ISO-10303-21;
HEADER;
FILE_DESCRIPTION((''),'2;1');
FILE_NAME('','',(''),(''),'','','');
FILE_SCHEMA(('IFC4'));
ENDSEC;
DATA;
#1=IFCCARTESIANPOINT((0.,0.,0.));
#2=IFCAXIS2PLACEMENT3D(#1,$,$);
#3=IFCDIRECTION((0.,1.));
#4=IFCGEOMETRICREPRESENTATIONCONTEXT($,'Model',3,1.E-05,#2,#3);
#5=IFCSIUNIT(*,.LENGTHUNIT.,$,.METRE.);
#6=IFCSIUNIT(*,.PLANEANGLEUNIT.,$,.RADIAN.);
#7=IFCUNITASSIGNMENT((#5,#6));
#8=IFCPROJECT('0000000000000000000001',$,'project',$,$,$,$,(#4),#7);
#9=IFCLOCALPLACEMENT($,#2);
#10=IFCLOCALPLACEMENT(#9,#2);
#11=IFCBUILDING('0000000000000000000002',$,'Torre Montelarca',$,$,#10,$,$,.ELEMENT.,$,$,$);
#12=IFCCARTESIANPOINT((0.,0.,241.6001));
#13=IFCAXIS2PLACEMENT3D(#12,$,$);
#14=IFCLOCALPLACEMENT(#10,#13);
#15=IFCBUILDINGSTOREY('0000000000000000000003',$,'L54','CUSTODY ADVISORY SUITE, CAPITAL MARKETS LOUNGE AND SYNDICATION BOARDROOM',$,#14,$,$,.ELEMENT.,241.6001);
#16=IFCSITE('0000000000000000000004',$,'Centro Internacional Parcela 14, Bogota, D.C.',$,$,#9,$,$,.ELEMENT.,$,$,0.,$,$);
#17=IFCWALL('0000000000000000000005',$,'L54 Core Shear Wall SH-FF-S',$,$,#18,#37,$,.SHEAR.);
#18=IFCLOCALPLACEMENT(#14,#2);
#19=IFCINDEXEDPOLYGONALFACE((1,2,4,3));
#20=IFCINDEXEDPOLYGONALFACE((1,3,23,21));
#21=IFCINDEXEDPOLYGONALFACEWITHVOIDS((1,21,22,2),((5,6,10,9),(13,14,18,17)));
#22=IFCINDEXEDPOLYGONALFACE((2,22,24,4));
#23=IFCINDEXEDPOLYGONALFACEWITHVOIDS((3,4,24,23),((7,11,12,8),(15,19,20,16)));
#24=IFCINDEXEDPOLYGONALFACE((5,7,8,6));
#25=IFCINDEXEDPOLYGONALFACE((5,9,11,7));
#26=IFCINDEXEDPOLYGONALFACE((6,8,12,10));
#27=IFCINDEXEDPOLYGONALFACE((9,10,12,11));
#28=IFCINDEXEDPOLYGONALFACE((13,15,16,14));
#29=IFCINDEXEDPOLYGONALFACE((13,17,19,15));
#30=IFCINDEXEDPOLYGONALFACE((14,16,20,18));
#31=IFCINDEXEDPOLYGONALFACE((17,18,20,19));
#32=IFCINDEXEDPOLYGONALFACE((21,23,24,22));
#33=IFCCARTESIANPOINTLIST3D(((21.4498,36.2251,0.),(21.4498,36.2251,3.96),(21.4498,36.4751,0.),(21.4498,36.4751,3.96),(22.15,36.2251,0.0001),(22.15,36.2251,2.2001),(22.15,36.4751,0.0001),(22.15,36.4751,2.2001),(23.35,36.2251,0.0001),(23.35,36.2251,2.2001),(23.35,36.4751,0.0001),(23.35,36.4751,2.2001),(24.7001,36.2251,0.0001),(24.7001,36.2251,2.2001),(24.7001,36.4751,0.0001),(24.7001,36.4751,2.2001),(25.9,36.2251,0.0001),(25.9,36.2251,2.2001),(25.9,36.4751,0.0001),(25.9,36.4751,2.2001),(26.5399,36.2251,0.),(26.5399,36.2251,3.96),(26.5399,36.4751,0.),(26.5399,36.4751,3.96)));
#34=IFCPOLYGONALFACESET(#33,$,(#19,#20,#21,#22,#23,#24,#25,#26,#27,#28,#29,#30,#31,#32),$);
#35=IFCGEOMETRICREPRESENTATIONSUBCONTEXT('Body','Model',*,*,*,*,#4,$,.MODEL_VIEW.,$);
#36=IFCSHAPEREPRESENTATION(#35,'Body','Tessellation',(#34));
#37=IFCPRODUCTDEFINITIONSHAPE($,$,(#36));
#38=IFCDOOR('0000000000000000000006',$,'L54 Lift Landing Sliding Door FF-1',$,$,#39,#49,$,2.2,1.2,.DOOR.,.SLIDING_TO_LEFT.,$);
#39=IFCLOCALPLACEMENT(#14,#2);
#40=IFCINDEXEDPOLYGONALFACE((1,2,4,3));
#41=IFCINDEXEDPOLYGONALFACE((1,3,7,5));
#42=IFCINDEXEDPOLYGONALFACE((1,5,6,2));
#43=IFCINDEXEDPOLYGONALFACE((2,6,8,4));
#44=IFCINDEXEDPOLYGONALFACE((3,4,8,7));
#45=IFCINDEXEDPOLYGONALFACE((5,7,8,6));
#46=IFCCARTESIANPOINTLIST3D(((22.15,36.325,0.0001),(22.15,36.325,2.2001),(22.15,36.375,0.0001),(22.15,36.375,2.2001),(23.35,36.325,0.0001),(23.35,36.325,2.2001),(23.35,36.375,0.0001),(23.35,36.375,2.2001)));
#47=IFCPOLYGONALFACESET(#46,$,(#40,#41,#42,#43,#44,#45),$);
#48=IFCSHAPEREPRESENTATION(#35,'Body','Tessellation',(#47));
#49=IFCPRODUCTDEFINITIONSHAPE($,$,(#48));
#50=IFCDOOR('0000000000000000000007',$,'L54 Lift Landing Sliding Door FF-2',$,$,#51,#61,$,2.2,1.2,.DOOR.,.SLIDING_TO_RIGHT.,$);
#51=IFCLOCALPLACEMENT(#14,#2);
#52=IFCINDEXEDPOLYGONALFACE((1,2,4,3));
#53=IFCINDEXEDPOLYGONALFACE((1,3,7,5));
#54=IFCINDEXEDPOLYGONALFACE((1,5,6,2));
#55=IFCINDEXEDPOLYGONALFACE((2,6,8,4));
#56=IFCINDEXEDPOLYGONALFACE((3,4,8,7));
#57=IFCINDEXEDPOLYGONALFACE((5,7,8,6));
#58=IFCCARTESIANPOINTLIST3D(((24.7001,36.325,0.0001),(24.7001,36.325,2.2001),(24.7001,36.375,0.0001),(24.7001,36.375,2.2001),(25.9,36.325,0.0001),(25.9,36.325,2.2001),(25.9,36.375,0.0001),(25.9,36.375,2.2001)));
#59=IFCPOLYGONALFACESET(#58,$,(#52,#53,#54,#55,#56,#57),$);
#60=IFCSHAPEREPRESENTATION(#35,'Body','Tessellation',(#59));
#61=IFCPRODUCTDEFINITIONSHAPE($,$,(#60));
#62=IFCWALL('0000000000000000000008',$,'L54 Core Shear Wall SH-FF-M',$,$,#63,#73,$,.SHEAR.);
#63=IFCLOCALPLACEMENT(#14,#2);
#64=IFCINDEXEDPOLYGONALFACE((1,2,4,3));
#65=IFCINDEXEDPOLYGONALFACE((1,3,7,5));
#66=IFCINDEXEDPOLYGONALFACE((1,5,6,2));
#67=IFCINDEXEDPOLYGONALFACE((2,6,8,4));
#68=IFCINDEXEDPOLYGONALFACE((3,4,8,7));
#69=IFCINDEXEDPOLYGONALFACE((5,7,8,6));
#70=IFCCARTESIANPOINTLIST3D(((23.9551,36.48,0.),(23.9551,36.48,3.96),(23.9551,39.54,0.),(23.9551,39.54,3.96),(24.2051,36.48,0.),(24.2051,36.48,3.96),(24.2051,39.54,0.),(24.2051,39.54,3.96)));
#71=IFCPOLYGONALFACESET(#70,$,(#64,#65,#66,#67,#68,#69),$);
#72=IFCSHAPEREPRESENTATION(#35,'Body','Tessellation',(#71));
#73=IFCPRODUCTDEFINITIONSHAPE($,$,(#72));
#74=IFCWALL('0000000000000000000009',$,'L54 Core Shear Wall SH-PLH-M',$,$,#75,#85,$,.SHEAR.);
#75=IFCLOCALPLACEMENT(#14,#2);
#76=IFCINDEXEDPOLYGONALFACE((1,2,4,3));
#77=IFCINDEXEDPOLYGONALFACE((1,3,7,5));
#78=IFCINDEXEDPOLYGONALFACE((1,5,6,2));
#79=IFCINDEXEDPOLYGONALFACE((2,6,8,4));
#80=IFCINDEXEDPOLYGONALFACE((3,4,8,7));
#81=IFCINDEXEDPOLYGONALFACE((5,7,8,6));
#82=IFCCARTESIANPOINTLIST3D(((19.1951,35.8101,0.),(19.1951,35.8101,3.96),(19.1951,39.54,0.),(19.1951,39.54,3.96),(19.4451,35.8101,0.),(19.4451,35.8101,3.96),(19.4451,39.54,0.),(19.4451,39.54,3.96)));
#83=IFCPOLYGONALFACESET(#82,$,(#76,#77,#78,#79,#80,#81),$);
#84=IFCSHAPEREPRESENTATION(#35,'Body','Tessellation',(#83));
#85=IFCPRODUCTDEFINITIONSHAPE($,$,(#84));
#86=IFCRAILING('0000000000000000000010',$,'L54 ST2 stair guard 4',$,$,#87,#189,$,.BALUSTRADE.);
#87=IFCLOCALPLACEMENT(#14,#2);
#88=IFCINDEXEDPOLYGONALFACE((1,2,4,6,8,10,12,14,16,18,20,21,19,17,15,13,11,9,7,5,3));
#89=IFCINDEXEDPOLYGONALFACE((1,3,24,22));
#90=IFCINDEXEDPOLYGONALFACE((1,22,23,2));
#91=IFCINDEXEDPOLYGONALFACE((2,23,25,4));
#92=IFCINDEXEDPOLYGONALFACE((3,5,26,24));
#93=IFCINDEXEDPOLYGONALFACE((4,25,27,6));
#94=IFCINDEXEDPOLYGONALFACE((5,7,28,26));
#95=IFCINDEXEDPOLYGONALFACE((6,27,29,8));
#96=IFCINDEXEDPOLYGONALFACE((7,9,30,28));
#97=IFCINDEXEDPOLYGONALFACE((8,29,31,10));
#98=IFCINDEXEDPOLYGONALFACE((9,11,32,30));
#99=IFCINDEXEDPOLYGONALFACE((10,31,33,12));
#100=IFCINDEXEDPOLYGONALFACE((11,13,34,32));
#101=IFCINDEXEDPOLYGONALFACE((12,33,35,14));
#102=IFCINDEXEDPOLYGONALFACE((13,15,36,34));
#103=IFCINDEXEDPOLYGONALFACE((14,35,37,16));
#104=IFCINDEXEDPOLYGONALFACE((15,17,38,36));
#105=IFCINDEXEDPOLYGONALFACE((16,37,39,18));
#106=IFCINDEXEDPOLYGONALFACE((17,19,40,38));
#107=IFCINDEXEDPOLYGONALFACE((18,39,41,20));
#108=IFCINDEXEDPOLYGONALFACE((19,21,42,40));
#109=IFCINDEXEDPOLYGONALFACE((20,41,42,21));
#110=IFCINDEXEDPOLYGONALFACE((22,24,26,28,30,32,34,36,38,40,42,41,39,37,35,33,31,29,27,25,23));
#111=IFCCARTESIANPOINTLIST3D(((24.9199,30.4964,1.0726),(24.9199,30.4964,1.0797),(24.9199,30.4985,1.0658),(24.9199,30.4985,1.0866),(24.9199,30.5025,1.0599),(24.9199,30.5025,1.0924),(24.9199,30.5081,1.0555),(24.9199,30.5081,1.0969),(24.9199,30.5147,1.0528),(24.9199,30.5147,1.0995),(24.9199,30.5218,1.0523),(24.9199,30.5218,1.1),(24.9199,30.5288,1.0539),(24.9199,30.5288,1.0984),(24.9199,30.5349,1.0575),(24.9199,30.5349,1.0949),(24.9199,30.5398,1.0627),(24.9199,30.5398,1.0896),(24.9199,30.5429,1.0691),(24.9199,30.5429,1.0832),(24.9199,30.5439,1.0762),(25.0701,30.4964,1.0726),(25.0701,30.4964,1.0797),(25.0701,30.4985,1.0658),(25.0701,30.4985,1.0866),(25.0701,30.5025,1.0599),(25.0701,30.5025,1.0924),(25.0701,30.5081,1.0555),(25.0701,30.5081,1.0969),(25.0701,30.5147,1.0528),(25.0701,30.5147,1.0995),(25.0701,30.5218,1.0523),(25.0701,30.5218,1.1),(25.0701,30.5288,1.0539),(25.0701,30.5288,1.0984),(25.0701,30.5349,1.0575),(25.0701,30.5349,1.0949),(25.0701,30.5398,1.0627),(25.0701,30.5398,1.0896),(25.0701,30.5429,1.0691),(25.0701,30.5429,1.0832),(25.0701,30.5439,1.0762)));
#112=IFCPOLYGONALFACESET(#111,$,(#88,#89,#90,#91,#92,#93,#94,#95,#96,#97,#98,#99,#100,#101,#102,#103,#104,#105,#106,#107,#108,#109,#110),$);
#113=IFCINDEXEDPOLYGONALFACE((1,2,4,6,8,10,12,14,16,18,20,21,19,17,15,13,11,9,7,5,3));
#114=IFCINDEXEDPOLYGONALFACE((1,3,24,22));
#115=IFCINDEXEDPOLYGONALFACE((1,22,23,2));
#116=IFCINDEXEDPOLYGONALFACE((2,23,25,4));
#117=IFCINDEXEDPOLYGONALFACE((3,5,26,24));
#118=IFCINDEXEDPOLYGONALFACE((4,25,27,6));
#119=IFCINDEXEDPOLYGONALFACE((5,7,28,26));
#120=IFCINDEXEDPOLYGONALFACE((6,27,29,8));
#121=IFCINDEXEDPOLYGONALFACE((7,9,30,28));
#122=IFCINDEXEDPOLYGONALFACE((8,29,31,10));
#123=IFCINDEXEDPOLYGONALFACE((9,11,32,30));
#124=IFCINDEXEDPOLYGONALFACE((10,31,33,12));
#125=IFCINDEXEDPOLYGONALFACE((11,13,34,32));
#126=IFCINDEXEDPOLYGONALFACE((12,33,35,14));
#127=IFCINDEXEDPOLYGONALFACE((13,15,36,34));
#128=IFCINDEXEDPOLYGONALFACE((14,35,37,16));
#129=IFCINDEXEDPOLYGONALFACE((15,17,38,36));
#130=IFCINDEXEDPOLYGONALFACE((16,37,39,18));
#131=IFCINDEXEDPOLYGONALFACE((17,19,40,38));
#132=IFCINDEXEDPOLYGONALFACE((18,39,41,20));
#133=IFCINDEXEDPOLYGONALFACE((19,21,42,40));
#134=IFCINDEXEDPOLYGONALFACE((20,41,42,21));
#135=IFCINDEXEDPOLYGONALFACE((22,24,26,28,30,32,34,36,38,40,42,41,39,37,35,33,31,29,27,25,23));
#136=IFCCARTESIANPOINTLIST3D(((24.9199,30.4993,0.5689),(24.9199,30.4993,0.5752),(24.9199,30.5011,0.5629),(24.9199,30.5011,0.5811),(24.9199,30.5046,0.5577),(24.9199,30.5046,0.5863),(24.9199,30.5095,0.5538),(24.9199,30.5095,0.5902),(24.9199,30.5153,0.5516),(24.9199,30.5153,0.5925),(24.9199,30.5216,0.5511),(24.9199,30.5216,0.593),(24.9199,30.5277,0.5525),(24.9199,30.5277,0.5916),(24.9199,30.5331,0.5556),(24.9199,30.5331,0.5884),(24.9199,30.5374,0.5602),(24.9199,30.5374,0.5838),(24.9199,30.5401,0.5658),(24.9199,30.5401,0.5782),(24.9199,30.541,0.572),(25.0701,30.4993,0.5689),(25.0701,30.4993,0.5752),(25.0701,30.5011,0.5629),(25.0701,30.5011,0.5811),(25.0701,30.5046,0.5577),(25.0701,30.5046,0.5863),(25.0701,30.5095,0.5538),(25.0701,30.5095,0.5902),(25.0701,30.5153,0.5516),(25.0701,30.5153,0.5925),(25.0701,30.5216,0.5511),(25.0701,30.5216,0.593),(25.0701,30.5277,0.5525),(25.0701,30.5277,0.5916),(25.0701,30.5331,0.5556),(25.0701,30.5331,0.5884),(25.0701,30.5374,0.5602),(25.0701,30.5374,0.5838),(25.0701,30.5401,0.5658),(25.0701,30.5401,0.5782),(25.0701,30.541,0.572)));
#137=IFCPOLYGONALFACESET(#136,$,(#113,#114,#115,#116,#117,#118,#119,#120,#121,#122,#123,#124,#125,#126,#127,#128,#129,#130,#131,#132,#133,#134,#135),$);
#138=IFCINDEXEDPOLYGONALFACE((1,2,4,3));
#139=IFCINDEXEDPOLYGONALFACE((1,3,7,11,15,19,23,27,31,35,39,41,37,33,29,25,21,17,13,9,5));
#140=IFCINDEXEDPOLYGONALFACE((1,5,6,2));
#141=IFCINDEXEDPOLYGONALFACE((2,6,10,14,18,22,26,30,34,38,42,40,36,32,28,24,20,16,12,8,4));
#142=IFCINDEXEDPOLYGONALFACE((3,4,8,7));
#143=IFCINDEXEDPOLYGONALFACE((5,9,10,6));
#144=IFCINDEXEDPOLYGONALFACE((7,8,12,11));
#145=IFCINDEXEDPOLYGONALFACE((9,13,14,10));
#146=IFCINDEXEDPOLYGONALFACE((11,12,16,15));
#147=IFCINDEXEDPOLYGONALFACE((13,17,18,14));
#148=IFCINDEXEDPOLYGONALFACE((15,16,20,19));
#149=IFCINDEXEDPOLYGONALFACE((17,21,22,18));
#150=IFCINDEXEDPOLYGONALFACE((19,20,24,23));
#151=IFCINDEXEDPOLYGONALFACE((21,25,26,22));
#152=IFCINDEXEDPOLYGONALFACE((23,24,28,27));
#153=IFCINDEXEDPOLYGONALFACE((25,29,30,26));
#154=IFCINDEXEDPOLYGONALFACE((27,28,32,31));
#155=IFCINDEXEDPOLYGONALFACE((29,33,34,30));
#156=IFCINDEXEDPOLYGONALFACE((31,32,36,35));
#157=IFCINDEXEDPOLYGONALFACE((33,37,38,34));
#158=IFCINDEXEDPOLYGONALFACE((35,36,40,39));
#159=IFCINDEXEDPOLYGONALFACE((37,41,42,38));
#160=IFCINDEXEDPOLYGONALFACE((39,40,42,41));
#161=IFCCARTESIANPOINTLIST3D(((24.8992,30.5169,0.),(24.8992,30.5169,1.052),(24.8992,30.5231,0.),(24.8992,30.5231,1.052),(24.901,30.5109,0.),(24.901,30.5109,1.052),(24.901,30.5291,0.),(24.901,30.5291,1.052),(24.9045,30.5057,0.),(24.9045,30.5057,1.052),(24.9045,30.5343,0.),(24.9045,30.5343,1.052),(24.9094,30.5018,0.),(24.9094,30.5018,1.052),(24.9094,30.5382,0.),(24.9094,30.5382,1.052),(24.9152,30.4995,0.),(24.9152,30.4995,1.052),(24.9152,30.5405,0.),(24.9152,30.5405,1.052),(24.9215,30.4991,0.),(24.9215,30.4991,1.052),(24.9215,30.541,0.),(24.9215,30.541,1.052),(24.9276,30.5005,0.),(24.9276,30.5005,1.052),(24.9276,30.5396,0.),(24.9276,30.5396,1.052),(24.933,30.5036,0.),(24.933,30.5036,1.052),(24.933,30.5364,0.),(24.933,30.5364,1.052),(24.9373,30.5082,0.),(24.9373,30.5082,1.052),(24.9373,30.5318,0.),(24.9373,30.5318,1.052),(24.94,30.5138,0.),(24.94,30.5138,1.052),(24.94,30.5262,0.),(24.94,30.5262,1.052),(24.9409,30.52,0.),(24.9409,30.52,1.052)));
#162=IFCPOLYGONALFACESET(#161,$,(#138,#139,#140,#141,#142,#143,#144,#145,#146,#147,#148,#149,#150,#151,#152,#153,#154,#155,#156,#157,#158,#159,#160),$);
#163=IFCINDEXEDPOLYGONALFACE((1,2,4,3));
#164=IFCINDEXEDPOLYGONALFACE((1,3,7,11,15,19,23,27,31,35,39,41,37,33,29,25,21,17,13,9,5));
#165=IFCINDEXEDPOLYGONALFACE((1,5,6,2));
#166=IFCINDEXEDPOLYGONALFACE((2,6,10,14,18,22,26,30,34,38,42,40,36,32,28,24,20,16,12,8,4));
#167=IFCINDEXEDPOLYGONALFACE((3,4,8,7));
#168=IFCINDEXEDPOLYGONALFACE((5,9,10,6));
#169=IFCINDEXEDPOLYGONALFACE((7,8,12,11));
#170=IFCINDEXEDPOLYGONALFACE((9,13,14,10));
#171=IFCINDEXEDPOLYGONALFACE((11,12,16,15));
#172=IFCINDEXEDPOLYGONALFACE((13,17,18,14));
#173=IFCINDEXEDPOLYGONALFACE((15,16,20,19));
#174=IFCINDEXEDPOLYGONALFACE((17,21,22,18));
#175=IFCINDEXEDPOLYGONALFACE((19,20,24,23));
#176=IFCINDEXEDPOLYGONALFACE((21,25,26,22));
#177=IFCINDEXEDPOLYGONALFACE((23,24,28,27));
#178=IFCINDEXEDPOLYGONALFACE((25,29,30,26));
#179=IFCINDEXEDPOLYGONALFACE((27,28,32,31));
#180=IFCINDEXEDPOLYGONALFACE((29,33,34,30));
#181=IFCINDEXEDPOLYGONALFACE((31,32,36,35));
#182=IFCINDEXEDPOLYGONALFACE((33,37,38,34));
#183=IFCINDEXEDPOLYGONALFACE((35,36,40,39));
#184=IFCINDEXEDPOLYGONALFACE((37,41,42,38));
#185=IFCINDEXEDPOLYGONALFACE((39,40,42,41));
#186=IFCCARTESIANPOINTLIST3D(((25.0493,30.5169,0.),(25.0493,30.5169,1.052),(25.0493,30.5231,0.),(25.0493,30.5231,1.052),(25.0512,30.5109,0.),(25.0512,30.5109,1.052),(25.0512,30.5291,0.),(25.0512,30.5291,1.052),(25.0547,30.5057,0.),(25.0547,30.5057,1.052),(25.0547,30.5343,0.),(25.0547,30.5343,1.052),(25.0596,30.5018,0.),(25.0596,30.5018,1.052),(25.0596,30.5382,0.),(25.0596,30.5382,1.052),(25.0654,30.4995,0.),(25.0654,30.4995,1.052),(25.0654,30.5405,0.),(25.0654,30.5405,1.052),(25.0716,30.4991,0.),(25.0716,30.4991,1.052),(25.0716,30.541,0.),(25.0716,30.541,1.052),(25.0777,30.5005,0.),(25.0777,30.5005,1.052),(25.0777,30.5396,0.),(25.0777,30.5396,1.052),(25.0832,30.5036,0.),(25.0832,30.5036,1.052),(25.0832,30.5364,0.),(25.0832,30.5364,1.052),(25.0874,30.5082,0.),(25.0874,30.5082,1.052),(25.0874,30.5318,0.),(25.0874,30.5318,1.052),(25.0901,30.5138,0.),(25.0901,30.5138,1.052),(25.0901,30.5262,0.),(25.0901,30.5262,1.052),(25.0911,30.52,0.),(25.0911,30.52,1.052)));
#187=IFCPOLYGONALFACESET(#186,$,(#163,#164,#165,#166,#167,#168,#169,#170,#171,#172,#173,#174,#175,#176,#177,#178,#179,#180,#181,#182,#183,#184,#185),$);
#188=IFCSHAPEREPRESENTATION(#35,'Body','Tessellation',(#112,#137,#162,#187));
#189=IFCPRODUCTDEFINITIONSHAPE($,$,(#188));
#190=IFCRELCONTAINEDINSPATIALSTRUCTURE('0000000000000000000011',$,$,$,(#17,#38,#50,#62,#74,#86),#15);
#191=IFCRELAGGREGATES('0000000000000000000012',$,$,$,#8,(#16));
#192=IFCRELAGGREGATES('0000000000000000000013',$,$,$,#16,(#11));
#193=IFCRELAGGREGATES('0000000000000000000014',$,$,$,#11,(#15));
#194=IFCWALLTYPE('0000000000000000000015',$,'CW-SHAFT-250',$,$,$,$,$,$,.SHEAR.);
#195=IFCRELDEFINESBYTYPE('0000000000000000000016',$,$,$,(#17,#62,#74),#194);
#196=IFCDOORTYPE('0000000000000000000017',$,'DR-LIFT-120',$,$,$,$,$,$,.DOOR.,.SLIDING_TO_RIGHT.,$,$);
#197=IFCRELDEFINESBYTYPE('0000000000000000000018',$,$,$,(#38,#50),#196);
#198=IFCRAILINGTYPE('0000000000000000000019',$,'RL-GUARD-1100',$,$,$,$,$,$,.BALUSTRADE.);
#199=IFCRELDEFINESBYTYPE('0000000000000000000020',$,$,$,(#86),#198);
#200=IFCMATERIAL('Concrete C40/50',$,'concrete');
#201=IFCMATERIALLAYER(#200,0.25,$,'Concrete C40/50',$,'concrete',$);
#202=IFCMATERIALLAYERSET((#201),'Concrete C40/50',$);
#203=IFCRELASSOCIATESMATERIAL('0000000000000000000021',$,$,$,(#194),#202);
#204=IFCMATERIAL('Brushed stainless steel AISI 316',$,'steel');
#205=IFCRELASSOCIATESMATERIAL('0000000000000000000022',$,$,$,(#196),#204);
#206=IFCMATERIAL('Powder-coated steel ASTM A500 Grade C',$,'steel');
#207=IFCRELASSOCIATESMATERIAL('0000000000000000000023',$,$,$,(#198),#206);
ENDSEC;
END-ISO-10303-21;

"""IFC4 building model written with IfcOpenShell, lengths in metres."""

from ifc_helpers import new_model, si_unit, direction, frame, frame_2d, origin, origin_2d, place, context, subcontext, project, spatial, rectangle, circle, extrude, source, transform, mapped, material, layer, layer_set, type_object, element, fill, save


model = new_model("IFC4")

# Units and contexts
model_context = context("Model", 3, precision=1e-05, world=origin(), true_north=direction((0.0, 1.0)))
body_context = subcontext(model_context, "Body", "Model", "MODEL_VIEW")
ifc_project = project(units=[si_unit("LENGTHUNIT", "METRE"), si_unit("PLANEANGLEUNIT", "RADIAN")], contexts=[model_context])

# Site, building, storey
site_placement = place(None, origin())
site = spatial("IfcSite", under=ifc_project, at=site_placement, Name="Centro Internacional Parcela 14, Bogota, D.C.", CompositionType="ELEMENT", RefElevation=0.0)
building_placement = place(site_placement, origin())
building = spatial("IfcBuilding", under=site, at=building_placement, Name="Torre Montelarca", CompositionType="ELEMENT")
storey_placement = place(building_placement, frame((0.0, 0.0, 241.6001)))
storey = spatial("IfcBuildingStorey", under=building, at=storey_placement, Name="L54", Description="CUSTODY ADVISORY SUITE, CAPITAL MARKETS LOUNGE AND SYNDICATION BOARDROOM", CompositionType="ELEMENT", Elevation=241.6001)

# Shared definitions
ifc_material_1 = material(Name="Concrete C40/50", Category="concrete")
ifc_layer_1 = layer(ifc_material_1, 0.25, Name="Concrete C40/50", Category="concrete")
ifc_layer_set_1 = layer_set([ifc_layer_1], Name="Concrete C40/50")
wall_type = type_object("IfcWallType", Name="CW-SHAFT-250", PredefinedType="SHEAR", material=ifc_layer_set_1)

# Wall, openings, doors
wall_1_placement = place(storey_placement, frame((21.45, 36.3501, 0.0), z_axis=(0.0, 0.0, 1.0), x_axis=(1.0, 0.0, 0.0)))
wall_1 = element("IfcWall", 1, at=wall_1_placement, inside=storey, type_object=wall_type, Name="L54 Core Shear Wall SH-FF-S", PredefinedType="SHEAR", context=body_context, shape_type="SweptSolid", body=[
    extrude(rectangle(XDim=5.0901, YDim=0.25, at=frame_2d((2.5449, 0.0))), origin(), (0.0, 0.0, 1.0), 3.96),
])
opening_1_placement = place(wall_1_placement, frame((0.7, 0.0, 0.0)))
opening_1 = element("IfcOpeningElement", 2, at=opening_1_placement, cuts=wall_1, PredefinedType="OPENING", context=body_context, shape_type="SweptSolid", body=[
    extrude(rectangle(XDim=1.2, YDim=2.2, at=frame_2d((0.6001, 1.1001))), frame((0.0, 0.135, 0.0), z_axis=(0.0, -1.0, 0.0), x_axis=(1.0, 0.0, 0.0)), (0.0, 0.0, 1.0), 0.27),
])
opening_2_placement = place(wall_1_placement, frame((3.25, 0.0, 0.0)))
opening_2 = element("IfcOpeningElement", 3, at=opening_2_placement, cuts=wall_1, PredefinedType="OPENING", context=body_context, shape_type="SweptSolid", body=[
    extrude(rectangle(XDim=1.2, YDim=2.2, at=frame_2d((0.6001, 1.1001))), frame((0.0, 0.135, 0.0), z_axis=(0.0, -1.0, 0.0), x_axis=(1.0, 0.0, 0.0)), (0.0, 0.0, 1.0), 0.27),
])
ifc_material_2 = material(Name="Brushed stainless steel AISI 316", Category="steel")
door_type_1 = type_object("IfcDoorType", Name="DR-LIFT-120", OperationType="SLIDING_TO_RIGHT", PredefinedType="DOOR", material=ifc_material_2)
shared_shape_1 = source(origin(), body_context, "Body", "SweptSolid", [
    extrude(rectangle(XDim=1.2, YDim=2.2, at=frame_2d((0.6001, 1.1001))), frame((0.0, 0.0249, 0.0), z_axis=(0.0, -1.0, 0.0), x_axis=(1.0, 0.0, 0.0)), (0.0, 0.0, 1.0), 0.05),
])
door_1_placement = place(opening_1_placement, origin())
door_1 = element("IfcDoor", 4, at=door_1_placement, inside=storey, type_object=door_type_1, Name="L54 Lift Landing Sliding Door FF-1", OperationType="SLIDING_TO_LEFT", OverallHeight=2.2, OverallWidth=1.2, PredefinedType="DOOR", context=body_context, shape_type="MappedRepresentation", body=[
    mapped(shared_shape_1, transform((0.0, 0.0, 0.0), scale=1.0)),
])
fill(opening_1, door_1)
door_2_placement = place(opening_2_placement, origin())
door_2 = element("IfcDoor", 5, at=door_2_placement, inside=storey, type_object=door_type_1, Name="L54 Lift Landing Sliding Door FF-2", OperationType="SLIDING_TO_RIGHT", OverallHeight=2.2, OverallWidth=1.2, PredefinedType="DOOR", context=body_context, shape_type="MappedRepresentation", body=[
    mapped(shared_shape_1, transform((0.0, 0.0, 0.0), scale=1.0)),
])
fill(opening_2, door_2)

# Walls
wall_2_placement = place(storey_placement, frame((24.0801, 36.48, 0.0), z_axis=(0.0, 0.0, 1.0), x_axis=(0.0, 1.0, 0.0)))
element("IfcWall", 6, at=wall_2_placement, inside=storey, type_object=wall_type, Name="L54 Core Shear Wall SH-FF-M", PredefinedType="SHEAR", context=body_context, shape_type="SweptSolid", body=[
    extrude(rectangle(XDim=3.0601, YDim=0.25, at=frame_2d((1.53, 0.0))), origin(), (0.0, 0.0, 1.0), 3.96),
])
wall_3_placement = place(storey_placement, frame((19.3201, 35.8101, 0.0), z_axis=(0.0, 0.0, 1.0), x_axis=(0.0, 1.0, 0.0)))
element("IfcWall", 7, at=wall_3_placement, inside=storey, type_object=wall_type, Name="L54 Core Shear Wall SH-PLH-M", PredefinedType="SHEAR", context=body_context, shape_type="SweptSolid", body=[
    extrude(rectangle(XDim=3.73, YDim=0.25, at=frame_2d((1.865, 0.0))), origin(), (0.0, 0.0, 1.0), 3.96),
])

# Railing
ifc_material_3 = material(Name="Powder-coated steel ASTM A500 Grade C", Category="steel")
railing_type = type_object("IfcRailingType", Name="RL-GUARD-1100", PredefinedType="BALUSTRADE", material=ifc_material_3)
railing_placement = place(storey_placement, frame((24.9199, 30.52, 0.0)))
element("IfcRailing", 8, at=railing_placement, inside=storey, type_object=railing_type, Name="L54 ST2 stair guard 4", PredefinedType="BALUSTRADE", context=body_context, shape_type="SweptSolid", body=[
    extrude(circle(Radius=0.0239, at=origin_2d()), frame((0.0, 0.0, 1.0762), z_axis=(1.0, 0.0, 0.0), x_axis=(0.0, 1.0, 0.0)), (0.0, 0.0, 1.0), 0.1501),
    extrude(circle(Radius=0.021, at=origin_2d()), frame((0.0, 0.0, 0.572), z_axis=(1.0, 0.0, 0.0), x_axis=(0.0, 1.0, 0.0)), (0.0, 0.0, 1.0), 0.1501),
    extrude(circle(Radius=0.021, at=origin_2d()), origin(), (0.0, 0.0, 1.0), 1.052),
    extrude(circle(Radius=0.021, at=origin_2d()), frame((0.1501, 0.0, 0.0)), (0.0, 0.0, 1.0), 1.052),
])

save(model, "model.ifc")
